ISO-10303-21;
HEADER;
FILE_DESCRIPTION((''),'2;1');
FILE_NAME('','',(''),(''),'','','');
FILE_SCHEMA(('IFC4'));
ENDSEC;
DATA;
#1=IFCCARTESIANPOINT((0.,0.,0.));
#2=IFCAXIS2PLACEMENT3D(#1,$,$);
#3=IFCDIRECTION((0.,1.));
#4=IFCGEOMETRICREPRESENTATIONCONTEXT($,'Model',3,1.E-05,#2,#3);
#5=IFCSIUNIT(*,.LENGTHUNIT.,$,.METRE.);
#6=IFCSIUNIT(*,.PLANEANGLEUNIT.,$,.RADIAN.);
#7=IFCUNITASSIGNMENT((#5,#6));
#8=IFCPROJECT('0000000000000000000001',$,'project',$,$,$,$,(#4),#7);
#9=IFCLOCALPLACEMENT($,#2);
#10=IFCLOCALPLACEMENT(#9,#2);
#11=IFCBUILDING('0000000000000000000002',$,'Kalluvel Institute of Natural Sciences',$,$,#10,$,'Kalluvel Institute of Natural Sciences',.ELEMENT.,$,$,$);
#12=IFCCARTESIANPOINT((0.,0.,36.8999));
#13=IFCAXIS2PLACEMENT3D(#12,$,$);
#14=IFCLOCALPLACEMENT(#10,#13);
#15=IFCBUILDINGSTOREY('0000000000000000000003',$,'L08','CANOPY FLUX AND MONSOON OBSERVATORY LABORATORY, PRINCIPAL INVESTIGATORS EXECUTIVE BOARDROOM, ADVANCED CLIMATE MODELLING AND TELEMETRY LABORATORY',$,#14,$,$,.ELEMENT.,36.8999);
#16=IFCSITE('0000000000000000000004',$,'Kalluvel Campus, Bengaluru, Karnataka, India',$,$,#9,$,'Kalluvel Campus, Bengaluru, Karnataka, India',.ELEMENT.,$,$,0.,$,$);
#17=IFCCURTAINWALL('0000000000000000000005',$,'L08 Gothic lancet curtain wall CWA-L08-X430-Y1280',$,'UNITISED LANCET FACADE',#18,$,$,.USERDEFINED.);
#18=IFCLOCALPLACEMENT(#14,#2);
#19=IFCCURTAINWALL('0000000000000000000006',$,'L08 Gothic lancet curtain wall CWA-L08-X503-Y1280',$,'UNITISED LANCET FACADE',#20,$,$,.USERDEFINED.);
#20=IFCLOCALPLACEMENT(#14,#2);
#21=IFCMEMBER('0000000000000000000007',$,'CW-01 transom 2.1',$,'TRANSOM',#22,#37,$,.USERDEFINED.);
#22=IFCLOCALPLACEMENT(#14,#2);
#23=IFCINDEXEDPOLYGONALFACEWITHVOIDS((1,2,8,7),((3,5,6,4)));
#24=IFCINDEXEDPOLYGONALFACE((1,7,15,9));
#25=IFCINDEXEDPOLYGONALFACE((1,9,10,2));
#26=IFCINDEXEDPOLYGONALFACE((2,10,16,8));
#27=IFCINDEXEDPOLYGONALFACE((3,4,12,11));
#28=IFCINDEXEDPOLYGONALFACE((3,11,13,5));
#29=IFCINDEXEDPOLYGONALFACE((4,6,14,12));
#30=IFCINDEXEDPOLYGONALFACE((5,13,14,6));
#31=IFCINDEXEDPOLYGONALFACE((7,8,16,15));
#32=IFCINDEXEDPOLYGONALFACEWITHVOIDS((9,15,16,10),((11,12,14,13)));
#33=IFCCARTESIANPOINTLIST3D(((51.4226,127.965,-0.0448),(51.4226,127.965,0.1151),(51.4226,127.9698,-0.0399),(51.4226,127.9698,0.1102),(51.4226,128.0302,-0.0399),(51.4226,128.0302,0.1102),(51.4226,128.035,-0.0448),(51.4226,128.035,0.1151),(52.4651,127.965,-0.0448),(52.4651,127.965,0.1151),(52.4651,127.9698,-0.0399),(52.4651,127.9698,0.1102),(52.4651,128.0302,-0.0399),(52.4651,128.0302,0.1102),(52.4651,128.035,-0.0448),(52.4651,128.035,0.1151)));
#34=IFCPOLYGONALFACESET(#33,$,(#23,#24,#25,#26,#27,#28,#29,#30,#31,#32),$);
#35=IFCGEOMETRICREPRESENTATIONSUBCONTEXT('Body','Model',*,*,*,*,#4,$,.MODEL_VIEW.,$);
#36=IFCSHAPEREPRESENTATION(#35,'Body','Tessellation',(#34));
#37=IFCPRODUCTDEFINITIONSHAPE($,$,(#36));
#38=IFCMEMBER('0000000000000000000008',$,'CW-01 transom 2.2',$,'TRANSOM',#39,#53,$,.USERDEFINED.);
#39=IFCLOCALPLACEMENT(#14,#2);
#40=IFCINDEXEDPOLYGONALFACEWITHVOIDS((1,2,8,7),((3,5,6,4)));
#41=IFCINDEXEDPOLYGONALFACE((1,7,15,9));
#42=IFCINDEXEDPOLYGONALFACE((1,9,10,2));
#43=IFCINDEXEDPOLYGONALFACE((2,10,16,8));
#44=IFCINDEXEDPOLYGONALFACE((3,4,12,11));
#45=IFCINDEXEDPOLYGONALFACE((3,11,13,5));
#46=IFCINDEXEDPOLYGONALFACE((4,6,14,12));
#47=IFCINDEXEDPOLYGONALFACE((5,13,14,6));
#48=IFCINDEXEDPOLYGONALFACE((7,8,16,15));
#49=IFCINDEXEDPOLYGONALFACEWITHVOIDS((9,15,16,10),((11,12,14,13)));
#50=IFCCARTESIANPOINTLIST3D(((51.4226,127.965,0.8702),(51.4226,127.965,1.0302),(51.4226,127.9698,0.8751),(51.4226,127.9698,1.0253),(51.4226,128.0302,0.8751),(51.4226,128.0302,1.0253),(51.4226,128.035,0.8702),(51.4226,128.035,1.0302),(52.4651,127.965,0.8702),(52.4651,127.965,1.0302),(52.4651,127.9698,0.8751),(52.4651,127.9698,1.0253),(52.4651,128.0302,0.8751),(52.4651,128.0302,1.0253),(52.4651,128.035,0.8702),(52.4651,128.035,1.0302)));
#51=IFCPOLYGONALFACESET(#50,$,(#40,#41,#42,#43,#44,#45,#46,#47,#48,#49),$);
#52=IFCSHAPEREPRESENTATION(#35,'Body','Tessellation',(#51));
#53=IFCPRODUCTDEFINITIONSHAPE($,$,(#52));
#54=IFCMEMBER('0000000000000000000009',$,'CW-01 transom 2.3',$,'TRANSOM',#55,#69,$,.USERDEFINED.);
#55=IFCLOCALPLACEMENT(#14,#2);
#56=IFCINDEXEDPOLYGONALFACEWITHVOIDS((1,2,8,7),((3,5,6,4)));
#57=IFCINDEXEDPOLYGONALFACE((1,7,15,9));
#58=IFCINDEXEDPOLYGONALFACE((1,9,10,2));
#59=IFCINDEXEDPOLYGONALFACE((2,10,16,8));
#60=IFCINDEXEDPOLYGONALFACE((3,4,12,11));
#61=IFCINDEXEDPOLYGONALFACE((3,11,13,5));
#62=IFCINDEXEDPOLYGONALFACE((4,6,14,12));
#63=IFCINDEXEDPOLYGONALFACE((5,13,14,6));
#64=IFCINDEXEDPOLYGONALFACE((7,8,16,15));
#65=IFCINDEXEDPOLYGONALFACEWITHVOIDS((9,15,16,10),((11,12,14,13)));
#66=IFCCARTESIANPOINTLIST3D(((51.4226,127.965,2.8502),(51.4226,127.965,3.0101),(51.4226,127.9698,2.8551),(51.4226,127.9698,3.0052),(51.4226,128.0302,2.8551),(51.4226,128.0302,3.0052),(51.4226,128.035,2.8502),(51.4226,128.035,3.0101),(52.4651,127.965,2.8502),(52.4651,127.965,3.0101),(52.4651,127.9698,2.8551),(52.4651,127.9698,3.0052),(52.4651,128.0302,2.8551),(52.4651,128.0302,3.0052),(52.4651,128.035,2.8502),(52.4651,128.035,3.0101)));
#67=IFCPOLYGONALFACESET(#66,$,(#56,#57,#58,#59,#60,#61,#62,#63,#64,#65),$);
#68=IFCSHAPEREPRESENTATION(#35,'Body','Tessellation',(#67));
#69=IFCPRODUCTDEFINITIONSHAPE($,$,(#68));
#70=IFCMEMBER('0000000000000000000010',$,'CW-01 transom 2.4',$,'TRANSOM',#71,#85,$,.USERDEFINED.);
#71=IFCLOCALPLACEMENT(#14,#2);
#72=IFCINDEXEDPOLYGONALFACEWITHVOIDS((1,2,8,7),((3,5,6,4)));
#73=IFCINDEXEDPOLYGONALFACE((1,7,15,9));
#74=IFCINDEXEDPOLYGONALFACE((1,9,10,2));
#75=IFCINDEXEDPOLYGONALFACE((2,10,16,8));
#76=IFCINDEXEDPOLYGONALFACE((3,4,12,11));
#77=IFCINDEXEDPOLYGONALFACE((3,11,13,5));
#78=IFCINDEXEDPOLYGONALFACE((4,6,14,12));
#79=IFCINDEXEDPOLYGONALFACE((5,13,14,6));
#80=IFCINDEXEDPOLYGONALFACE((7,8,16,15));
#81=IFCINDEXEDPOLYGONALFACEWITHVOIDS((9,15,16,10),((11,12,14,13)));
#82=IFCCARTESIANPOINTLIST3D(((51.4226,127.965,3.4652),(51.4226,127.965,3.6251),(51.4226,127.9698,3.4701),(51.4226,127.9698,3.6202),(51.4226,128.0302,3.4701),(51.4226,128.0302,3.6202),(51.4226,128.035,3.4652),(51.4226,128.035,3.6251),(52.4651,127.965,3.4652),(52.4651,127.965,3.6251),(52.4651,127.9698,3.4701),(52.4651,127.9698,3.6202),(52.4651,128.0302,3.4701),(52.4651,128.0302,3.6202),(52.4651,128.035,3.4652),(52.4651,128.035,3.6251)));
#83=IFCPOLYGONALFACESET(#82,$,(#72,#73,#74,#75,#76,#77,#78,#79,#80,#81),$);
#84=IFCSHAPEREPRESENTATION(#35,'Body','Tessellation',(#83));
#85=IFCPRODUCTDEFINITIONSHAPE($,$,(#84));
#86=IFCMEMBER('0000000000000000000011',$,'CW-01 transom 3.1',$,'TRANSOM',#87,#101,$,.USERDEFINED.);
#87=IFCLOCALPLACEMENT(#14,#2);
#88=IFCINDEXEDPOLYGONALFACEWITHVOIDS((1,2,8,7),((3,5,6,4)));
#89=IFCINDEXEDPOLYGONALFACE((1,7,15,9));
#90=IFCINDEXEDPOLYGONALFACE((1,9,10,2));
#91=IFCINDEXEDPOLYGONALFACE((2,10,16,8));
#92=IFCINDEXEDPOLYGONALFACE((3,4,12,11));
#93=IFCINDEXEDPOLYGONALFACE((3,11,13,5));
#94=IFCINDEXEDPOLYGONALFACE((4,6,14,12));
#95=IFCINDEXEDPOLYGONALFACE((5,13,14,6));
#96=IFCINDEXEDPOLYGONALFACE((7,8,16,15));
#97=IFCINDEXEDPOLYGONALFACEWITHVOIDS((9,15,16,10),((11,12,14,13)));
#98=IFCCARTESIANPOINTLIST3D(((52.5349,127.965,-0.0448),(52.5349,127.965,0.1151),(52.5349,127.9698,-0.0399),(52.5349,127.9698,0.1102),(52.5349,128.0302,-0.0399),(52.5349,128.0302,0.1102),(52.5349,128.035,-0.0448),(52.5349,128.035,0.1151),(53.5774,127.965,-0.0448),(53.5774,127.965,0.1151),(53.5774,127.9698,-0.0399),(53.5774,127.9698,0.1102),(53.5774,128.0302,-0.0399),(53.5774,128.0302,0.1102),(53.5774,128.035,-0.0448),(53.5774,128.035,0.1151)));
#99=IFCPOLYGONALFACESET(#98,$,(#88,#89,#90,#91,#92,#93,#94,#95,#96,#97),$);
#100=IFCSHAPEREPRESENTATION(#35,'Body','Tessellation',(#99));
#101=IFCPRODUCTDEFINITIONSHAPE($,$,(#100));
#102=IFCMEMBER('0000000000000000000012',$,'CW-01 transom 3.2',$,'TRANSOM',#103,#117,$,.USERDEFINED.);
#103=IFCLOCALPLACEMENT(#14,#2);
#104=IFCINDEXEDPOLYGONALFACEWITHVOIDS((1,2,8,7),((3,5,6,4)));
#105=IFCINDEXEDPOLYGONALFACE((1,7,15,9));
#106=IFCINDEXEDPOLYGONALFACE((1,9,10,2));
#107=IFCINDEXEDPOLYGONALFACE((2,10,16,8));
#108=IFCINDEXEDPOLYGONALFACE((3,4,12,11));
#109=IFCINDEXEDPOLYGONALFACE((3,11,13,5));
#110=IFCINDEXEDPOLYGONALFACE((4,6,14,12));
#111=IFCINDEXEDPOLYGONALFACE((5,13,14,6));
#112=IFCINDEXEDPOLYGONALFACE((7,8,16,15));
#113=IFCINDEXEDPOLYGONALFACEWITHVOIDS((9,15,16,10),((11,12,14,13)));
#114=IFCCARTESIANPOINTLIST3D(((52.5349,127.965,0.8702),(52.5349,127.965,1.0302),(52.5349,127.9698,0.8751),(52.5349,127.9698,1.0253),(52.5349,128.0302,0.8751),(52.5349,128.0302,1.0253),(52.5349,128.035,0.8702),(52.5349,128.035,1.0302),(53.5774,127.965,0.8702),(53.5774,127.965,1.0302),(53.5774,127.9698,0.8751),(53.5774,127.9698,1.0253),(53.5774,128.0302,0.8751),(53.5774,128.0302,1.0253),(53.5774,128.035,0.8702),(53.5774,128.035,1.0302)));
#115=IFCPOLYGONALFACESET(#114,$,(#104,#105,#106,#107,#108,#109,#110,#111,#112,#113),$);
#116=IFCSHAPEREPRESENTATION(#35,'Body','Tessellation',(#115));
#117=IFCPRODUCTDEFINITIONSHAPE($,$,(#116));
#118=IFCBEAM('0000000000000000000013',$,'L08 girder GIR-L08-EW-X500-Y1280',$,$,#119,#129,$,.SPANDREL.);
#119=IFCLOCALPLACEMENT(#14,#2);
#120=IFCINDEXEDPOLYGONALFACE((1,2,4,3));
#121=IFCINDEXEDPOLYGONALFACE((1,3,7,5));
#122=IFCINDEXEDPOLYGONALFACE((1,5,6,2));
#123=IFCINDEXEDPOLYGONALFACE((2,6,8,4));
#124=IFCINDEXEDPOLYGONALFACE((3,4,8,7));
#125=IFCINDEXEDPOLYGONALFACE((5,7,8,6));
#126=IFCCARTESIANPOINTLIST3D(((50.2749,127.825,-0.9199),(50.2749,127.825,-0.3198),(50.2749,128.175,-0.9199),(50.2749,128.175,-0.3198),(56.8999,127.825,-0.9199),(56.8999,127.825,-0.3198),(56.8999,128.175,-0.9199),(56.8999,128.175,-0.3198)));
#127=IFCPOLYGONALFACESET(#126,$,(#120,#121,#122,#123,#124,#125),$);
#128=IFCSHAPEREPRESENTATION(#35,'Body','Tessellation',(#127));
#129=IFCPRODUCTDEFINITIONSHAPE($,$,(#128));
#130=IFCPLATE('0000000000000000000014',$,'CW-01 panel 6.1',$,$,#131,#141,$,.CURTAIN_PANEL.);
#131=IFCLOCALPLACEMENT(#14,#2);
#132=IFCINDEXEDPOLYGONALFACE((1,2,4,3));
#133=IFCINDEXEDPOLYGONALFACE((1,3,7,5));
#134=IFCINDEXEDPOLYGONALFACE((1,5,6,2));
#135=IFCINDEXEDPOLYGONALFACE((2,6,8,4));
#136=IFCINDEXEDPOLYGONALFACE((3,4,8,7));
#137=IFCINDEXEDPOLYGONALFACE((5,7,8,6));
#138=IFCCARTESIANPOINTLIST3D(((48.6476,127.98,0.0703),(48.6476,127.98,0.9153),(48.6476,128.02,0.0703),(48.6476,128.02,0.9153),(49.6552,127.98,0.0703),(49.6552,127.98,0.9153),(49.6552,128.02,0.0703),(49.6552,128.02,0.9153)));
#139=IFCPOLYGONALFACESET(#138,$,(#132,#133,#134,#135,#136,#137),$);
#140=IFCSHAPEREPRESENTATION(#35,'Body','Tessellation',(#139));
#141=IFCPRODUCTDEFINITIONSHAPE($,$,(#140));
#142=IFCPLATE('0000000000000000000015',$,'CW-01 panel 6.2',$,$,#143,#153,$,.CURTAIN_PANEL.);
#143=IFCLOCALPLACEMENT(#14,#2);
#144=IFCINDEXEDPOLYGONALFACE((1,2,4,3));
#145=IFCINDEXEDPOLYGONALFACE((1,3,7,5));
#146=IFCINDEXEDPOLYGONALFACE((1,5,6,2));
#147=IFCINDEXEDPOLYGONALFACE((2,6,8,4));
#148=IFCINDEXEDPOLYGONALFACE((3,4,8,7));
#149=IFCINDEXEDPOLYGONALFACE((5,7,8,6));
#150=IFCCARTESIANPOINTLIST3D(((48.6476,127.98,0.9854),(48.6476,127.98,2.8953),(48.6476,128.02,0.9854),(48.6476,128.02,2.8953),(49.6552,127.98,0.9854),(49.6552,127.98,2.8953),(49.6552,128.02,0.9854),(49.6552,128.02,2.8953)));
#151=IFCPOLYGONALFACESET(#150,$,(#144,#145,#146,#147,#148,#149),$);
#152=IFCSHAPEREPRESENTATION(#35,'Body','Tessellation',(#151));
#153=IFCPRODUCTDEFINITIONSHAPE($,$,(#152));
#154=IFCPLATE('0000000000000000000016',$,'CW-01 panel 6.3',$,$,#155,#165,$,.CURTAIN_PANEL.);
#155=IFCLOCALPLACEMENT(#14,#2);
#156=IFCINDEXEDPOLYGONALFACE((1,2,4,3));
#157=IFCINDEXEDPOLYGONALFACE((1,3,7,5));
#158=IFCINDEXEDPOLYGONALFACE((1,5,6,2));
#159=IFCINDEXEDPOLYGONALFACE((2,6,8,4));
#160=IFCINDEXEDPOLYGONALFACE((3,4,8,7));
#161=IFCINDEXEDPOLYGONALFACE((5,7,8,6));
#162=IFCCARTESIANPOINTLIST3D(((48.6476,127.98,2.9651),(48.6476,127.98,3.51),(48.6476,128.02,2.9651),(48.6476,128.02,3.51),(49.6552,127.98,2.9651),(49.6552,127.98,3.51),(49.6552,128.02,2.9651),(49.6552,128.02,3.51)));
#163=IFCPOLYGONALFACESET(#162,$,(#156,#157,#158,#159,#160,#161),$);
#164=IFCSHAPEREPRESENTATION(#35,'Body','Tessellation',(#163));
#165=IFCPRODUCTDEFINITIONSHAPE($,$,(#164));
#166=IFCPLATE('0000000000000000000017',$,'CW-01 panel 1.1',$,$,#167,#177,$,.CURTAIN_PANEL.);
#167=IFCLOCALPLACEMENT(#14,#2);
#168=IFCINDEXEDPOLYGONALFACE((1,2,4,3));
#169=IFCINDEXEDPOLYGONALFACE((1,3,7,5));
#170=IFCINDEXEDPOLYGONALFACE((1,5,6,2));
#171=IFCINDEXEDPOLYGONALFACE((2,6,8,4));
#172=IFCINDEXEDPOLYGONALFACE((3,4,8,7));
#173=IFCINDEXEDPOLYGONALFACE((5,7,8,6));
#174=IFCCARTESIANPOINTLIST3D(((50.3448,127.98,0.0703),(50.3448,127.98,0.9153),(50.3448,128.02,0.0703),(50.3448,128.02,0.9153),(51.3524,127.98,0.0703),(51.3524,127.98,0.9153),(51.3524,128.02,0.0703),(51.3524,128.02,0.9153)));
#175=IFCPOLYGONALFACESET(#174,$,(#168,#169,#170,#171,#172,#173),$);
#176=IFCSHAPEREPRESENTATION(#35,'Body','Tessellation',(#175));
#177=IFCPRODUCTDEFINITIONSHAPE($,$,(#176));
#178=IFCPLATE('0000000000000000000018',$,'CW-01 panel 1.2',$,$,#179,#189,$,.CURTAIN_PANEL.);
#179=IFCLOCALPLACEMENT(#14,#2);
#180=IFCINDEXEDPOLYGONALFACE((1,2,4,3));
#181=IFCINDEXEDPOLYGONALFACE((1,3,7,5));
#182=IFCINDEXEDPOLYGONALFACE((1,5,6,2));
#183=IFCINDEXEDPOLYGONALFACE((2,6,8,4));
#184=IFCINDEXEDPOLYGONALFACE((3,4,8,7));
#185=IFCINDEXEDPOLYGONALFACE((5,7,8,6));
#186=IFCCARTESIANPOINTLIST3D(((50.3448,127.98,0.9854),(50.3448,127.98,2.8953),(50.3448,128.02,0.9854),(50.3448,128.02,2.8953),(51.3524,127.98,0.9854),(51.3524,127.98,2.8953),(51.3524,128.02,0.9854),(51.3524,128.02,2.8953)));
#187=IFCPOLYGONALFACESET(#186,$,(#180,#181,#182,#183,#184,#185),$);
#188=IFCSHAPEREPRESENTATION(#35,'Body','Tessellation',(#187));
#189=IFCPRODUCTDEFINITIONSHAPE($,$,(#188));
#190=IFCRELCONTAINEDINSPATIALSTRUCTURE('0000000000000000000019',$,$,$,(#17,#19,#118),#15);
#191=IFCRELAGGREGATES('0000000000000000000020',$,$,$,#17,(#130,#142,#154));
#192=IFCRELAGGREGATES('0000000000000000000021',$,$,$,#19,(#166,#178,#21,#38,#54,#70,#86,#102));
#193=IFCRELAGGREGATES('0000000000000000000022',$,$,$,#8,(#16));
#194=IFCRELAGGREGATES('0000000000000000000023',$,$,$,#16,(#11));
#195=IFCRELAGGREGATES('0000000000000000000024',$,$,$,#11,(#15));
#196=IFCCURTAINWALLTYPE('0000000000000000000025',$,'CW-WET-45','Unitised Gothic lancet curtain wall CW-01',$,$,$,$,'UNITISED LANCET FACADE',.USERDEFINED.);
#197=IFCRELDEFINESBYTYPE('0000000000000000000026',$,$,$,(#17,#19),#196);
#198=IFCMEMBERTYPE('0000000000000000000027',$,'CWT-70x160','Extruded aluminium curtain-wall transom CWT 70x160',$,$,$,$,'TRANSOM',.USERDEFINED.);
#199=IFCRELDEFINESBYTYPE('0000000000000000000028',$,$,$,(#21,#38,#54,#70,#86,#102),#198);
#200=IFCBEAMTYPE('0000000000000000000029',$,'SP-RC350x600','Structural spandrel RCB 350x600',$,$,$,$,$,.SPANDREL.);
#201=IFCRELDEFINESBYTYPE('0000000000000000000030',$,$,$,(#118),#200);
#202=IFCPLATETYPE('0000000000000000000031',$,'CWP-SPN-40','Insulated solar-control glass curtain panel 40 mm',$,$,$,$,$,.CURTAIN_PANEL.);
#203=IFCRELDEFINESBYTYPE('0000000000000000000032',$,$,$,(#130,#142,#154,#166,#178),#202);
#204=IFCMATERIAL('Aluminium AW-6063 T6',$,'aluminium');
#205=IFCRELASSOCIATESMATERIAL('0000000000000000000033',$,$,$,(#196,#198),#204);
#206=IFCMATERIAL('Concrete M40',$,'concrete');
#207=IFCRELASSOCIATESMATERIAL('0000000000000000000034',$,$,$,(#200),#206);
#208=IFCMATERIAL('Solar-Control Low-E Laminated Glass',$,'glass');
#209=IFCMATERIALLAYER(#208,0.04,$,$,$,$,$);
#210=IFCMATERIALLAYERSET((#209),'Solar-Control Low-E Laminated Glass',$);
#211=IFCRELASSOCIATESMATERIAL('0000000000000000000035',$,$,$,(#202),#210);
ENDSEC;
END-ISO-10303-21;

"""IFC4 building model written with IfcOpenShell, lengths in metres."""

from ifc_helpers import new_model, si_unit, direction, frame, origin, origin_2d, place, context, subcontext, project, spatial, rectangle, hollow_rectangle, extrude, material, layer, layer_set, material_profile, profile_set, type_object, element, aggregate, save


model = new_model("IFC4")

# Units and contexts
model_context = context("Model", 3, precision=1e-05, world=origin(), true_north=direction((0.0, 1.0)))
body_context = subcontext(model_context, "Body", "Model", "MODEL_VIEW")
ifc_project = project(units=[si_unit("LENGTHUNIT", "METRE"), si_unit("PLANEANGLEUNIT", "RADIAN")], contexts=[model_context])

# Site, building, storey
site_placement = place(None, origin())
site = spatial("IfcSite", under=ifc_project, at=site_placement, Name="Kalluvel Campus, Bengaluru, Karnataka, India", LongName="Kalluvel Campus, Bengaluru, Karnataka, India", CompositionType="ELEMENT", RefElevation=0.0)
building_placement = place(site_placement, origin())
building = spatial("IfcBuilding", under=site, at=building_placement, Name="Kalluvel Institute of Natural Sciences", LongName="Kalluvel Institute of Natural Sciences", CompositionType="ELEMENT")
storey_placement = place(building_placement, frame((0.0, 0.0, 36.8999)))
storey = spatial("IfcBuildingStorey", under=building, at=storey_placement, Name="L08", Description="CANOPY FLUX AND MONSOON OBSERVATORY LABORATORY, PRINCIPAL INVESTIGATORS EXECUTIVE BOARDROOM, ADVANCED CLIMATE MODELLING AND TELEMETRY LABORATORY", CompositionType="ELEMENT", Elevation=36.8999)

# Shared definitions
ifc_material_1 = material(Name="Concrete M40", Category="concrete")

# Curtain wall
ifc_material_2 = material(Name="Aluminium AW-6063 T6", Category="aluminium")
curtain_wall_type = type_object("IfcCurtainWallType", Name="CW-WET-45", Description="Unitised Gothic lancet curtain wall CW-01", ElementType="UNITISED LANCET FACADE", PredefinedType="USERDEFINED", material=ifc_material_2)
curtain_wall_1_placement = place(storey_placement, origin())
curtain_wall_1 = element("IfcCurtainWall", 1, at=curtain_wall_1_placement, inside=storey, type_object=curtain_wall_type, Name="L08 Gothic lancet curtain wall CWA-L08-X430-Y1280", ObjectType="UNITISED LANCET FACADE", PredefinedType="USERDEFINED")

# Curtain wall
curtain_wall_2_placement = place(storey_placement, origin())
curtain_wall_2 = element("IfcCurtainWall", 2, at=curtain_wall_2_placement, inside=storey, type_object=curtain_wall_type, Name="L08 Gothic lancet curtain wall CWA-L08-X503-Y1280", ObjectType="UNITISED LANCET FACADE", PredefinedType="USERDEFINED")

# Members
ifc_material_profile_1 = material_profile(ifc_material_2, hollow_rectangle(XDim=0.0701, YDim=0.1599, WallThickness=0.0049, at=origin_2d()), Name="CWT 70x160")
ifc_profile_set_1 = profile_set([ifc_material_profile_1], Name="Aluminium AW-6063 T6")
member_type_1 = type_object("IfcMemberType", Name="CWT-70x160", Description="Extruded aluminium curtain-wall transom CWT 70x160", ElementType="TRANSOM", PredefinedType="USERDEFINED", material=ifc_profile_set_1)
member_1_placement = place(storey_placement, frame((51.4226, 128.0, 0.0352), z_axis=(1.0, 0.0, 0.0), x_axis=(0.0, 1.0, 0.0)))
member_1 = element("IfcMember", 3, at=member_1_placement, type_object=member_type_1, Name="CW-01 transom 2.1", ObjectType="TRANSOM", PredefinedType="USERDEFINED", context=body_context, shape_type="SweptSolid", body=[
    extrude(hollow_rectangle(XDim=0.0701, YDim=0.1599, WallThickness=0.0049, at=origin_2d()), origin(), (0.0, 0.0, 1.0), 1.0425),
])
member_2_placement = place(storey_placement, frame((51.4226, 128.0, 0.9502), z_axis=(1.0, 0.0, 0.0), x_axis=(0.0, 1.0, 0.0)))
member_2 = element("IfcMember", 4, at=member_2_placement, type_object=member_type_1, Name="CW-01 transom 2.2", ObjectType="TRANSOM", PredefinedType="USERDEFINED", context=body_context, shape_type="SweptSolid", body=[
    extrude(hollow_rectangle(XDim=0.0701, YDim=0.1599, WallThickness=0.0049, at=origin_2d()), origin(), (0.0, 0.0, 1.0), 1.0425),
])
member_3_placement = place(storey_placement, frame((51.4226, 128.0, 2.9302), z_axis=(1.0, 0.0, 0.0), x_axis=(0.0, 1.0, 0.0)))
member_3 = element("IfcMember", 5, at=member_3_placement, type_object=member_type_1, Name="CW-01 transom 2.3", ObjectType="TRANSOM", PredefinedType="USERDEFINED", context=body_context, shape_type="SweptSolid", body=[
    extrude(hollow_rectangle(XDim=0.0701, YDim=0.1599, WallThickness=0.0049, at=origin_2d()), origin(), (0.0, 0.0, 1.0), 1.0425),
])
member_4_placement = place(storey_placement, frame((51.4226, 128.0, 3.5452), z_axis=(1.0, 0.0, 0.0), x_axis=(0.0, 1.0, 0.0)))
member_4 = element("IfcMember", 6, at=member_4_placement, type_object=member_type_1, Name="CW-01 transom 2.4", ObjectType="TRANSOM", PredefinedType="USERDEFINED", context=body_context, shape_type="SweptSolid", body=[
    extrude(hollow_rectangle(XDim=0.0701, YDim=0.1599, WallThickness=0.0049, at=origin_2d()), origin(), (0.0, 0.0, 1.0), 1.0425),
])
member_5_placement = place(storey_placement, frame((52.5349, 128.0, 0.0352), z_axis=(1.0, 0.0, 0.0), x_axis=(0.0, 1.0, 0.0)))
member_5 = element("IfcMember", 7, at=member_5_placement, type_object=member_type_1, Name="CW-01 transom 3.1", ObjectType="TRANSOM", PredefinedType="USERDEFINED", context=body_context, shape_type="SweptSolid", body=[
    extrude(hollow_rectangle(XDim=0.0701, YDim=0.1599, WallThickness=0.0049, at=origin_2d()), origin(), (0.0, 0.0, 1.0), 1.0425),
])
member_6_placement = place(storey_placement, frame((52.5349, 128.0, 0.9502), z_axis=(1.0, 0.0, 0.0), x_axis=(0.0, 1.0, 0.0)))
member_6 = element("IfcMember", 8, at=member_6_placement, type_object=member_type_1, Name="CW-01 transom 3.2", ObjectType="TRANSOM", PredefinedType="USERDEFINED", context=body_context, shape_type="SweptSolid", body=[
    extrude(hollow_rectangle(XDim=0.0701, YDim=0.1599, WallThickness=0.0049, at=origin_2d()), origin(), (0.0, 0.0, 1.0), 1.0425),
])

# Beam
ifc_material_profile_2 = material_profile(ifc_material_1, rectangle(XDim=0.3501, YDim=0.6001, at=origin_2d()), Name="RCB 350x600")
ifc_profile_set_2 = profile_set([ifc_material_profile_2], Name="Concrete M40")
beam_type = type_object("IfcBeamType", Name="SP-RC350x600", Description="Structural spandrel RCB 350x600", PredefinedType="SPANDREL", material=ifc_profile_set_2)
beam_placement = place(storey_placement, frame((50.2749, 128.0, -0.6199), z_axis=(1.0, 0.0, 0.0), x_axis=(0.0, 1.0, 0.0)))
element("IfcBeam", 9, at=beam_placement, inside=storey, type_object=beam_type, Name="L08 girder GIR-L08-EW-X500-Y1280", PredefinedType="SPANDREL", context=body_context, shape_type="SweptSolid", body=[
    extrude(rectangle(XDim=0.3501, YDim=0.6001, at=origin_2d()), origin(), (0.0, 0.0, 1.0), 6.625),
])

# Plates
ifc_material_3 = material(Name="Solar-Control Low-E Laminated Glass", Category="glass")
ifc_layer = layer(ifc_material_3, 0.04)
ifc_layer_set = layer_set([ifc_layer], Name="Solar-Control Low-E Laminated Glass")
plate_type = type_object("IfcPlateType", Name="CWP-SPN-40", Description="Insulated solar-control glass curtain panel 40 mm", PredefinedType="CURTAIN_PANEL", material=ifc_layer_set)
plate_1_placement = place(storey_placement, frame((49.1514, 128.0, 0.0703), z_axis=(0.0, 0.0, 1.0), x_axis=(1.0, 0.0, 0.0)))
plate_1 = element("IfcPlate", 10, at=plate_1_placement, type_object=plate_type, Name="CW-01 panel 6.1", PredefinedType="CURTAIN_PANEL", context=body_context, shape_type="SweptSolid", body=[
    extrude(rectangle(XDim=1.0076, YDim=0.04, at=origin_2d()), origin(), (0.0, 0.0, 1.0), 0.845),
])
plate_2_placement = place(storey_placement, frame((49.1514, 128.0, 0.9854), z_axis=(0.0, 0.0, 1.0), x_axis=(1.0, 0.0, 0.0)))
plate_2 = element("IfcPlate", 11, at=plate_2_placement, type_object=plate_type, Name="CW-01 panel 6.2", PredefinedType="CURTAIN_PANEL", context=body_context, shape_type="SweptSolid", body=[
    extrude(rectangle(XDim=1.0076, YDim=0.04, at=origin_2d()), origin(), (0.0, 0.0, 1.0), 1.9099),
])
plate_3_placement = place(storey_placement, frame((49.1514, 128.0, 2.9651), z_axis=(0.0, 0.0, 1.0), x_axis=(1.0, 0.0, 0.0)))
plate_3 = element("IfcPlate", 12, at=plate_3_placement, type_object=plate_type, Name="CW-01 panel 6.3", PredefinedType="CURTAIN_PANEL", context=body_context, shape_type="SweptSolid", body=[
    extrude(rectangle(XDim=1.0076, YDim=0.04, at=origin_2d()), origin(), (0.0, 0.0, 1.0), 0.5449),
])
aggregate(curtain_wall_1, [plate_1, plate_2, plate_3])
plate_4_placement = place(storey_placement, frame((50.8486, 128.0, 0.0703), z_axis=(0.0, 0.0, 1.0), x_axis=(1.0, 0.0, 0.0)))
plate_4 = element("IfcPlate", 13, at=plate_4_placement, type_object=plate_type, Name="CW-01 panel 1.1", PredefinedType="CURTAIN_PANEL", context=body_context, shape_type="SweptSolid", body=[
    extrude(rectangle(XDim=1.0076, YDim=0.04, at=origin_2d()), origin(), (0.0, 0.0, 1.0), 0.845),
])
plate_5_placement = place(storey_placement, frame((50.8486, 128.0, 0.9854), z_axis=(0.0, 0.0, 1.0), x_axis=(1.0, 0.0, 0.0)))
plate_5 = element("IfcPlate", 14, at=plate_5_placement, type_object=plate_type, Name="CW-01 panel 1.2", PredefinedType="CURTAIN_PANEL", context=body_context, shape_type="SweptSolid", body=[
    extrude(rectangle(XDim=1.0076, YDim=0.04, at=origin_2d()), origin(), (0.0, 0.0, 1.0), 1.9099),
])
aggregate(curtain_wall_2, [plate_4, plate_5, member_1, member_2, member_3, member_4, member_5, member_6])

save(model, "model.ifc")
